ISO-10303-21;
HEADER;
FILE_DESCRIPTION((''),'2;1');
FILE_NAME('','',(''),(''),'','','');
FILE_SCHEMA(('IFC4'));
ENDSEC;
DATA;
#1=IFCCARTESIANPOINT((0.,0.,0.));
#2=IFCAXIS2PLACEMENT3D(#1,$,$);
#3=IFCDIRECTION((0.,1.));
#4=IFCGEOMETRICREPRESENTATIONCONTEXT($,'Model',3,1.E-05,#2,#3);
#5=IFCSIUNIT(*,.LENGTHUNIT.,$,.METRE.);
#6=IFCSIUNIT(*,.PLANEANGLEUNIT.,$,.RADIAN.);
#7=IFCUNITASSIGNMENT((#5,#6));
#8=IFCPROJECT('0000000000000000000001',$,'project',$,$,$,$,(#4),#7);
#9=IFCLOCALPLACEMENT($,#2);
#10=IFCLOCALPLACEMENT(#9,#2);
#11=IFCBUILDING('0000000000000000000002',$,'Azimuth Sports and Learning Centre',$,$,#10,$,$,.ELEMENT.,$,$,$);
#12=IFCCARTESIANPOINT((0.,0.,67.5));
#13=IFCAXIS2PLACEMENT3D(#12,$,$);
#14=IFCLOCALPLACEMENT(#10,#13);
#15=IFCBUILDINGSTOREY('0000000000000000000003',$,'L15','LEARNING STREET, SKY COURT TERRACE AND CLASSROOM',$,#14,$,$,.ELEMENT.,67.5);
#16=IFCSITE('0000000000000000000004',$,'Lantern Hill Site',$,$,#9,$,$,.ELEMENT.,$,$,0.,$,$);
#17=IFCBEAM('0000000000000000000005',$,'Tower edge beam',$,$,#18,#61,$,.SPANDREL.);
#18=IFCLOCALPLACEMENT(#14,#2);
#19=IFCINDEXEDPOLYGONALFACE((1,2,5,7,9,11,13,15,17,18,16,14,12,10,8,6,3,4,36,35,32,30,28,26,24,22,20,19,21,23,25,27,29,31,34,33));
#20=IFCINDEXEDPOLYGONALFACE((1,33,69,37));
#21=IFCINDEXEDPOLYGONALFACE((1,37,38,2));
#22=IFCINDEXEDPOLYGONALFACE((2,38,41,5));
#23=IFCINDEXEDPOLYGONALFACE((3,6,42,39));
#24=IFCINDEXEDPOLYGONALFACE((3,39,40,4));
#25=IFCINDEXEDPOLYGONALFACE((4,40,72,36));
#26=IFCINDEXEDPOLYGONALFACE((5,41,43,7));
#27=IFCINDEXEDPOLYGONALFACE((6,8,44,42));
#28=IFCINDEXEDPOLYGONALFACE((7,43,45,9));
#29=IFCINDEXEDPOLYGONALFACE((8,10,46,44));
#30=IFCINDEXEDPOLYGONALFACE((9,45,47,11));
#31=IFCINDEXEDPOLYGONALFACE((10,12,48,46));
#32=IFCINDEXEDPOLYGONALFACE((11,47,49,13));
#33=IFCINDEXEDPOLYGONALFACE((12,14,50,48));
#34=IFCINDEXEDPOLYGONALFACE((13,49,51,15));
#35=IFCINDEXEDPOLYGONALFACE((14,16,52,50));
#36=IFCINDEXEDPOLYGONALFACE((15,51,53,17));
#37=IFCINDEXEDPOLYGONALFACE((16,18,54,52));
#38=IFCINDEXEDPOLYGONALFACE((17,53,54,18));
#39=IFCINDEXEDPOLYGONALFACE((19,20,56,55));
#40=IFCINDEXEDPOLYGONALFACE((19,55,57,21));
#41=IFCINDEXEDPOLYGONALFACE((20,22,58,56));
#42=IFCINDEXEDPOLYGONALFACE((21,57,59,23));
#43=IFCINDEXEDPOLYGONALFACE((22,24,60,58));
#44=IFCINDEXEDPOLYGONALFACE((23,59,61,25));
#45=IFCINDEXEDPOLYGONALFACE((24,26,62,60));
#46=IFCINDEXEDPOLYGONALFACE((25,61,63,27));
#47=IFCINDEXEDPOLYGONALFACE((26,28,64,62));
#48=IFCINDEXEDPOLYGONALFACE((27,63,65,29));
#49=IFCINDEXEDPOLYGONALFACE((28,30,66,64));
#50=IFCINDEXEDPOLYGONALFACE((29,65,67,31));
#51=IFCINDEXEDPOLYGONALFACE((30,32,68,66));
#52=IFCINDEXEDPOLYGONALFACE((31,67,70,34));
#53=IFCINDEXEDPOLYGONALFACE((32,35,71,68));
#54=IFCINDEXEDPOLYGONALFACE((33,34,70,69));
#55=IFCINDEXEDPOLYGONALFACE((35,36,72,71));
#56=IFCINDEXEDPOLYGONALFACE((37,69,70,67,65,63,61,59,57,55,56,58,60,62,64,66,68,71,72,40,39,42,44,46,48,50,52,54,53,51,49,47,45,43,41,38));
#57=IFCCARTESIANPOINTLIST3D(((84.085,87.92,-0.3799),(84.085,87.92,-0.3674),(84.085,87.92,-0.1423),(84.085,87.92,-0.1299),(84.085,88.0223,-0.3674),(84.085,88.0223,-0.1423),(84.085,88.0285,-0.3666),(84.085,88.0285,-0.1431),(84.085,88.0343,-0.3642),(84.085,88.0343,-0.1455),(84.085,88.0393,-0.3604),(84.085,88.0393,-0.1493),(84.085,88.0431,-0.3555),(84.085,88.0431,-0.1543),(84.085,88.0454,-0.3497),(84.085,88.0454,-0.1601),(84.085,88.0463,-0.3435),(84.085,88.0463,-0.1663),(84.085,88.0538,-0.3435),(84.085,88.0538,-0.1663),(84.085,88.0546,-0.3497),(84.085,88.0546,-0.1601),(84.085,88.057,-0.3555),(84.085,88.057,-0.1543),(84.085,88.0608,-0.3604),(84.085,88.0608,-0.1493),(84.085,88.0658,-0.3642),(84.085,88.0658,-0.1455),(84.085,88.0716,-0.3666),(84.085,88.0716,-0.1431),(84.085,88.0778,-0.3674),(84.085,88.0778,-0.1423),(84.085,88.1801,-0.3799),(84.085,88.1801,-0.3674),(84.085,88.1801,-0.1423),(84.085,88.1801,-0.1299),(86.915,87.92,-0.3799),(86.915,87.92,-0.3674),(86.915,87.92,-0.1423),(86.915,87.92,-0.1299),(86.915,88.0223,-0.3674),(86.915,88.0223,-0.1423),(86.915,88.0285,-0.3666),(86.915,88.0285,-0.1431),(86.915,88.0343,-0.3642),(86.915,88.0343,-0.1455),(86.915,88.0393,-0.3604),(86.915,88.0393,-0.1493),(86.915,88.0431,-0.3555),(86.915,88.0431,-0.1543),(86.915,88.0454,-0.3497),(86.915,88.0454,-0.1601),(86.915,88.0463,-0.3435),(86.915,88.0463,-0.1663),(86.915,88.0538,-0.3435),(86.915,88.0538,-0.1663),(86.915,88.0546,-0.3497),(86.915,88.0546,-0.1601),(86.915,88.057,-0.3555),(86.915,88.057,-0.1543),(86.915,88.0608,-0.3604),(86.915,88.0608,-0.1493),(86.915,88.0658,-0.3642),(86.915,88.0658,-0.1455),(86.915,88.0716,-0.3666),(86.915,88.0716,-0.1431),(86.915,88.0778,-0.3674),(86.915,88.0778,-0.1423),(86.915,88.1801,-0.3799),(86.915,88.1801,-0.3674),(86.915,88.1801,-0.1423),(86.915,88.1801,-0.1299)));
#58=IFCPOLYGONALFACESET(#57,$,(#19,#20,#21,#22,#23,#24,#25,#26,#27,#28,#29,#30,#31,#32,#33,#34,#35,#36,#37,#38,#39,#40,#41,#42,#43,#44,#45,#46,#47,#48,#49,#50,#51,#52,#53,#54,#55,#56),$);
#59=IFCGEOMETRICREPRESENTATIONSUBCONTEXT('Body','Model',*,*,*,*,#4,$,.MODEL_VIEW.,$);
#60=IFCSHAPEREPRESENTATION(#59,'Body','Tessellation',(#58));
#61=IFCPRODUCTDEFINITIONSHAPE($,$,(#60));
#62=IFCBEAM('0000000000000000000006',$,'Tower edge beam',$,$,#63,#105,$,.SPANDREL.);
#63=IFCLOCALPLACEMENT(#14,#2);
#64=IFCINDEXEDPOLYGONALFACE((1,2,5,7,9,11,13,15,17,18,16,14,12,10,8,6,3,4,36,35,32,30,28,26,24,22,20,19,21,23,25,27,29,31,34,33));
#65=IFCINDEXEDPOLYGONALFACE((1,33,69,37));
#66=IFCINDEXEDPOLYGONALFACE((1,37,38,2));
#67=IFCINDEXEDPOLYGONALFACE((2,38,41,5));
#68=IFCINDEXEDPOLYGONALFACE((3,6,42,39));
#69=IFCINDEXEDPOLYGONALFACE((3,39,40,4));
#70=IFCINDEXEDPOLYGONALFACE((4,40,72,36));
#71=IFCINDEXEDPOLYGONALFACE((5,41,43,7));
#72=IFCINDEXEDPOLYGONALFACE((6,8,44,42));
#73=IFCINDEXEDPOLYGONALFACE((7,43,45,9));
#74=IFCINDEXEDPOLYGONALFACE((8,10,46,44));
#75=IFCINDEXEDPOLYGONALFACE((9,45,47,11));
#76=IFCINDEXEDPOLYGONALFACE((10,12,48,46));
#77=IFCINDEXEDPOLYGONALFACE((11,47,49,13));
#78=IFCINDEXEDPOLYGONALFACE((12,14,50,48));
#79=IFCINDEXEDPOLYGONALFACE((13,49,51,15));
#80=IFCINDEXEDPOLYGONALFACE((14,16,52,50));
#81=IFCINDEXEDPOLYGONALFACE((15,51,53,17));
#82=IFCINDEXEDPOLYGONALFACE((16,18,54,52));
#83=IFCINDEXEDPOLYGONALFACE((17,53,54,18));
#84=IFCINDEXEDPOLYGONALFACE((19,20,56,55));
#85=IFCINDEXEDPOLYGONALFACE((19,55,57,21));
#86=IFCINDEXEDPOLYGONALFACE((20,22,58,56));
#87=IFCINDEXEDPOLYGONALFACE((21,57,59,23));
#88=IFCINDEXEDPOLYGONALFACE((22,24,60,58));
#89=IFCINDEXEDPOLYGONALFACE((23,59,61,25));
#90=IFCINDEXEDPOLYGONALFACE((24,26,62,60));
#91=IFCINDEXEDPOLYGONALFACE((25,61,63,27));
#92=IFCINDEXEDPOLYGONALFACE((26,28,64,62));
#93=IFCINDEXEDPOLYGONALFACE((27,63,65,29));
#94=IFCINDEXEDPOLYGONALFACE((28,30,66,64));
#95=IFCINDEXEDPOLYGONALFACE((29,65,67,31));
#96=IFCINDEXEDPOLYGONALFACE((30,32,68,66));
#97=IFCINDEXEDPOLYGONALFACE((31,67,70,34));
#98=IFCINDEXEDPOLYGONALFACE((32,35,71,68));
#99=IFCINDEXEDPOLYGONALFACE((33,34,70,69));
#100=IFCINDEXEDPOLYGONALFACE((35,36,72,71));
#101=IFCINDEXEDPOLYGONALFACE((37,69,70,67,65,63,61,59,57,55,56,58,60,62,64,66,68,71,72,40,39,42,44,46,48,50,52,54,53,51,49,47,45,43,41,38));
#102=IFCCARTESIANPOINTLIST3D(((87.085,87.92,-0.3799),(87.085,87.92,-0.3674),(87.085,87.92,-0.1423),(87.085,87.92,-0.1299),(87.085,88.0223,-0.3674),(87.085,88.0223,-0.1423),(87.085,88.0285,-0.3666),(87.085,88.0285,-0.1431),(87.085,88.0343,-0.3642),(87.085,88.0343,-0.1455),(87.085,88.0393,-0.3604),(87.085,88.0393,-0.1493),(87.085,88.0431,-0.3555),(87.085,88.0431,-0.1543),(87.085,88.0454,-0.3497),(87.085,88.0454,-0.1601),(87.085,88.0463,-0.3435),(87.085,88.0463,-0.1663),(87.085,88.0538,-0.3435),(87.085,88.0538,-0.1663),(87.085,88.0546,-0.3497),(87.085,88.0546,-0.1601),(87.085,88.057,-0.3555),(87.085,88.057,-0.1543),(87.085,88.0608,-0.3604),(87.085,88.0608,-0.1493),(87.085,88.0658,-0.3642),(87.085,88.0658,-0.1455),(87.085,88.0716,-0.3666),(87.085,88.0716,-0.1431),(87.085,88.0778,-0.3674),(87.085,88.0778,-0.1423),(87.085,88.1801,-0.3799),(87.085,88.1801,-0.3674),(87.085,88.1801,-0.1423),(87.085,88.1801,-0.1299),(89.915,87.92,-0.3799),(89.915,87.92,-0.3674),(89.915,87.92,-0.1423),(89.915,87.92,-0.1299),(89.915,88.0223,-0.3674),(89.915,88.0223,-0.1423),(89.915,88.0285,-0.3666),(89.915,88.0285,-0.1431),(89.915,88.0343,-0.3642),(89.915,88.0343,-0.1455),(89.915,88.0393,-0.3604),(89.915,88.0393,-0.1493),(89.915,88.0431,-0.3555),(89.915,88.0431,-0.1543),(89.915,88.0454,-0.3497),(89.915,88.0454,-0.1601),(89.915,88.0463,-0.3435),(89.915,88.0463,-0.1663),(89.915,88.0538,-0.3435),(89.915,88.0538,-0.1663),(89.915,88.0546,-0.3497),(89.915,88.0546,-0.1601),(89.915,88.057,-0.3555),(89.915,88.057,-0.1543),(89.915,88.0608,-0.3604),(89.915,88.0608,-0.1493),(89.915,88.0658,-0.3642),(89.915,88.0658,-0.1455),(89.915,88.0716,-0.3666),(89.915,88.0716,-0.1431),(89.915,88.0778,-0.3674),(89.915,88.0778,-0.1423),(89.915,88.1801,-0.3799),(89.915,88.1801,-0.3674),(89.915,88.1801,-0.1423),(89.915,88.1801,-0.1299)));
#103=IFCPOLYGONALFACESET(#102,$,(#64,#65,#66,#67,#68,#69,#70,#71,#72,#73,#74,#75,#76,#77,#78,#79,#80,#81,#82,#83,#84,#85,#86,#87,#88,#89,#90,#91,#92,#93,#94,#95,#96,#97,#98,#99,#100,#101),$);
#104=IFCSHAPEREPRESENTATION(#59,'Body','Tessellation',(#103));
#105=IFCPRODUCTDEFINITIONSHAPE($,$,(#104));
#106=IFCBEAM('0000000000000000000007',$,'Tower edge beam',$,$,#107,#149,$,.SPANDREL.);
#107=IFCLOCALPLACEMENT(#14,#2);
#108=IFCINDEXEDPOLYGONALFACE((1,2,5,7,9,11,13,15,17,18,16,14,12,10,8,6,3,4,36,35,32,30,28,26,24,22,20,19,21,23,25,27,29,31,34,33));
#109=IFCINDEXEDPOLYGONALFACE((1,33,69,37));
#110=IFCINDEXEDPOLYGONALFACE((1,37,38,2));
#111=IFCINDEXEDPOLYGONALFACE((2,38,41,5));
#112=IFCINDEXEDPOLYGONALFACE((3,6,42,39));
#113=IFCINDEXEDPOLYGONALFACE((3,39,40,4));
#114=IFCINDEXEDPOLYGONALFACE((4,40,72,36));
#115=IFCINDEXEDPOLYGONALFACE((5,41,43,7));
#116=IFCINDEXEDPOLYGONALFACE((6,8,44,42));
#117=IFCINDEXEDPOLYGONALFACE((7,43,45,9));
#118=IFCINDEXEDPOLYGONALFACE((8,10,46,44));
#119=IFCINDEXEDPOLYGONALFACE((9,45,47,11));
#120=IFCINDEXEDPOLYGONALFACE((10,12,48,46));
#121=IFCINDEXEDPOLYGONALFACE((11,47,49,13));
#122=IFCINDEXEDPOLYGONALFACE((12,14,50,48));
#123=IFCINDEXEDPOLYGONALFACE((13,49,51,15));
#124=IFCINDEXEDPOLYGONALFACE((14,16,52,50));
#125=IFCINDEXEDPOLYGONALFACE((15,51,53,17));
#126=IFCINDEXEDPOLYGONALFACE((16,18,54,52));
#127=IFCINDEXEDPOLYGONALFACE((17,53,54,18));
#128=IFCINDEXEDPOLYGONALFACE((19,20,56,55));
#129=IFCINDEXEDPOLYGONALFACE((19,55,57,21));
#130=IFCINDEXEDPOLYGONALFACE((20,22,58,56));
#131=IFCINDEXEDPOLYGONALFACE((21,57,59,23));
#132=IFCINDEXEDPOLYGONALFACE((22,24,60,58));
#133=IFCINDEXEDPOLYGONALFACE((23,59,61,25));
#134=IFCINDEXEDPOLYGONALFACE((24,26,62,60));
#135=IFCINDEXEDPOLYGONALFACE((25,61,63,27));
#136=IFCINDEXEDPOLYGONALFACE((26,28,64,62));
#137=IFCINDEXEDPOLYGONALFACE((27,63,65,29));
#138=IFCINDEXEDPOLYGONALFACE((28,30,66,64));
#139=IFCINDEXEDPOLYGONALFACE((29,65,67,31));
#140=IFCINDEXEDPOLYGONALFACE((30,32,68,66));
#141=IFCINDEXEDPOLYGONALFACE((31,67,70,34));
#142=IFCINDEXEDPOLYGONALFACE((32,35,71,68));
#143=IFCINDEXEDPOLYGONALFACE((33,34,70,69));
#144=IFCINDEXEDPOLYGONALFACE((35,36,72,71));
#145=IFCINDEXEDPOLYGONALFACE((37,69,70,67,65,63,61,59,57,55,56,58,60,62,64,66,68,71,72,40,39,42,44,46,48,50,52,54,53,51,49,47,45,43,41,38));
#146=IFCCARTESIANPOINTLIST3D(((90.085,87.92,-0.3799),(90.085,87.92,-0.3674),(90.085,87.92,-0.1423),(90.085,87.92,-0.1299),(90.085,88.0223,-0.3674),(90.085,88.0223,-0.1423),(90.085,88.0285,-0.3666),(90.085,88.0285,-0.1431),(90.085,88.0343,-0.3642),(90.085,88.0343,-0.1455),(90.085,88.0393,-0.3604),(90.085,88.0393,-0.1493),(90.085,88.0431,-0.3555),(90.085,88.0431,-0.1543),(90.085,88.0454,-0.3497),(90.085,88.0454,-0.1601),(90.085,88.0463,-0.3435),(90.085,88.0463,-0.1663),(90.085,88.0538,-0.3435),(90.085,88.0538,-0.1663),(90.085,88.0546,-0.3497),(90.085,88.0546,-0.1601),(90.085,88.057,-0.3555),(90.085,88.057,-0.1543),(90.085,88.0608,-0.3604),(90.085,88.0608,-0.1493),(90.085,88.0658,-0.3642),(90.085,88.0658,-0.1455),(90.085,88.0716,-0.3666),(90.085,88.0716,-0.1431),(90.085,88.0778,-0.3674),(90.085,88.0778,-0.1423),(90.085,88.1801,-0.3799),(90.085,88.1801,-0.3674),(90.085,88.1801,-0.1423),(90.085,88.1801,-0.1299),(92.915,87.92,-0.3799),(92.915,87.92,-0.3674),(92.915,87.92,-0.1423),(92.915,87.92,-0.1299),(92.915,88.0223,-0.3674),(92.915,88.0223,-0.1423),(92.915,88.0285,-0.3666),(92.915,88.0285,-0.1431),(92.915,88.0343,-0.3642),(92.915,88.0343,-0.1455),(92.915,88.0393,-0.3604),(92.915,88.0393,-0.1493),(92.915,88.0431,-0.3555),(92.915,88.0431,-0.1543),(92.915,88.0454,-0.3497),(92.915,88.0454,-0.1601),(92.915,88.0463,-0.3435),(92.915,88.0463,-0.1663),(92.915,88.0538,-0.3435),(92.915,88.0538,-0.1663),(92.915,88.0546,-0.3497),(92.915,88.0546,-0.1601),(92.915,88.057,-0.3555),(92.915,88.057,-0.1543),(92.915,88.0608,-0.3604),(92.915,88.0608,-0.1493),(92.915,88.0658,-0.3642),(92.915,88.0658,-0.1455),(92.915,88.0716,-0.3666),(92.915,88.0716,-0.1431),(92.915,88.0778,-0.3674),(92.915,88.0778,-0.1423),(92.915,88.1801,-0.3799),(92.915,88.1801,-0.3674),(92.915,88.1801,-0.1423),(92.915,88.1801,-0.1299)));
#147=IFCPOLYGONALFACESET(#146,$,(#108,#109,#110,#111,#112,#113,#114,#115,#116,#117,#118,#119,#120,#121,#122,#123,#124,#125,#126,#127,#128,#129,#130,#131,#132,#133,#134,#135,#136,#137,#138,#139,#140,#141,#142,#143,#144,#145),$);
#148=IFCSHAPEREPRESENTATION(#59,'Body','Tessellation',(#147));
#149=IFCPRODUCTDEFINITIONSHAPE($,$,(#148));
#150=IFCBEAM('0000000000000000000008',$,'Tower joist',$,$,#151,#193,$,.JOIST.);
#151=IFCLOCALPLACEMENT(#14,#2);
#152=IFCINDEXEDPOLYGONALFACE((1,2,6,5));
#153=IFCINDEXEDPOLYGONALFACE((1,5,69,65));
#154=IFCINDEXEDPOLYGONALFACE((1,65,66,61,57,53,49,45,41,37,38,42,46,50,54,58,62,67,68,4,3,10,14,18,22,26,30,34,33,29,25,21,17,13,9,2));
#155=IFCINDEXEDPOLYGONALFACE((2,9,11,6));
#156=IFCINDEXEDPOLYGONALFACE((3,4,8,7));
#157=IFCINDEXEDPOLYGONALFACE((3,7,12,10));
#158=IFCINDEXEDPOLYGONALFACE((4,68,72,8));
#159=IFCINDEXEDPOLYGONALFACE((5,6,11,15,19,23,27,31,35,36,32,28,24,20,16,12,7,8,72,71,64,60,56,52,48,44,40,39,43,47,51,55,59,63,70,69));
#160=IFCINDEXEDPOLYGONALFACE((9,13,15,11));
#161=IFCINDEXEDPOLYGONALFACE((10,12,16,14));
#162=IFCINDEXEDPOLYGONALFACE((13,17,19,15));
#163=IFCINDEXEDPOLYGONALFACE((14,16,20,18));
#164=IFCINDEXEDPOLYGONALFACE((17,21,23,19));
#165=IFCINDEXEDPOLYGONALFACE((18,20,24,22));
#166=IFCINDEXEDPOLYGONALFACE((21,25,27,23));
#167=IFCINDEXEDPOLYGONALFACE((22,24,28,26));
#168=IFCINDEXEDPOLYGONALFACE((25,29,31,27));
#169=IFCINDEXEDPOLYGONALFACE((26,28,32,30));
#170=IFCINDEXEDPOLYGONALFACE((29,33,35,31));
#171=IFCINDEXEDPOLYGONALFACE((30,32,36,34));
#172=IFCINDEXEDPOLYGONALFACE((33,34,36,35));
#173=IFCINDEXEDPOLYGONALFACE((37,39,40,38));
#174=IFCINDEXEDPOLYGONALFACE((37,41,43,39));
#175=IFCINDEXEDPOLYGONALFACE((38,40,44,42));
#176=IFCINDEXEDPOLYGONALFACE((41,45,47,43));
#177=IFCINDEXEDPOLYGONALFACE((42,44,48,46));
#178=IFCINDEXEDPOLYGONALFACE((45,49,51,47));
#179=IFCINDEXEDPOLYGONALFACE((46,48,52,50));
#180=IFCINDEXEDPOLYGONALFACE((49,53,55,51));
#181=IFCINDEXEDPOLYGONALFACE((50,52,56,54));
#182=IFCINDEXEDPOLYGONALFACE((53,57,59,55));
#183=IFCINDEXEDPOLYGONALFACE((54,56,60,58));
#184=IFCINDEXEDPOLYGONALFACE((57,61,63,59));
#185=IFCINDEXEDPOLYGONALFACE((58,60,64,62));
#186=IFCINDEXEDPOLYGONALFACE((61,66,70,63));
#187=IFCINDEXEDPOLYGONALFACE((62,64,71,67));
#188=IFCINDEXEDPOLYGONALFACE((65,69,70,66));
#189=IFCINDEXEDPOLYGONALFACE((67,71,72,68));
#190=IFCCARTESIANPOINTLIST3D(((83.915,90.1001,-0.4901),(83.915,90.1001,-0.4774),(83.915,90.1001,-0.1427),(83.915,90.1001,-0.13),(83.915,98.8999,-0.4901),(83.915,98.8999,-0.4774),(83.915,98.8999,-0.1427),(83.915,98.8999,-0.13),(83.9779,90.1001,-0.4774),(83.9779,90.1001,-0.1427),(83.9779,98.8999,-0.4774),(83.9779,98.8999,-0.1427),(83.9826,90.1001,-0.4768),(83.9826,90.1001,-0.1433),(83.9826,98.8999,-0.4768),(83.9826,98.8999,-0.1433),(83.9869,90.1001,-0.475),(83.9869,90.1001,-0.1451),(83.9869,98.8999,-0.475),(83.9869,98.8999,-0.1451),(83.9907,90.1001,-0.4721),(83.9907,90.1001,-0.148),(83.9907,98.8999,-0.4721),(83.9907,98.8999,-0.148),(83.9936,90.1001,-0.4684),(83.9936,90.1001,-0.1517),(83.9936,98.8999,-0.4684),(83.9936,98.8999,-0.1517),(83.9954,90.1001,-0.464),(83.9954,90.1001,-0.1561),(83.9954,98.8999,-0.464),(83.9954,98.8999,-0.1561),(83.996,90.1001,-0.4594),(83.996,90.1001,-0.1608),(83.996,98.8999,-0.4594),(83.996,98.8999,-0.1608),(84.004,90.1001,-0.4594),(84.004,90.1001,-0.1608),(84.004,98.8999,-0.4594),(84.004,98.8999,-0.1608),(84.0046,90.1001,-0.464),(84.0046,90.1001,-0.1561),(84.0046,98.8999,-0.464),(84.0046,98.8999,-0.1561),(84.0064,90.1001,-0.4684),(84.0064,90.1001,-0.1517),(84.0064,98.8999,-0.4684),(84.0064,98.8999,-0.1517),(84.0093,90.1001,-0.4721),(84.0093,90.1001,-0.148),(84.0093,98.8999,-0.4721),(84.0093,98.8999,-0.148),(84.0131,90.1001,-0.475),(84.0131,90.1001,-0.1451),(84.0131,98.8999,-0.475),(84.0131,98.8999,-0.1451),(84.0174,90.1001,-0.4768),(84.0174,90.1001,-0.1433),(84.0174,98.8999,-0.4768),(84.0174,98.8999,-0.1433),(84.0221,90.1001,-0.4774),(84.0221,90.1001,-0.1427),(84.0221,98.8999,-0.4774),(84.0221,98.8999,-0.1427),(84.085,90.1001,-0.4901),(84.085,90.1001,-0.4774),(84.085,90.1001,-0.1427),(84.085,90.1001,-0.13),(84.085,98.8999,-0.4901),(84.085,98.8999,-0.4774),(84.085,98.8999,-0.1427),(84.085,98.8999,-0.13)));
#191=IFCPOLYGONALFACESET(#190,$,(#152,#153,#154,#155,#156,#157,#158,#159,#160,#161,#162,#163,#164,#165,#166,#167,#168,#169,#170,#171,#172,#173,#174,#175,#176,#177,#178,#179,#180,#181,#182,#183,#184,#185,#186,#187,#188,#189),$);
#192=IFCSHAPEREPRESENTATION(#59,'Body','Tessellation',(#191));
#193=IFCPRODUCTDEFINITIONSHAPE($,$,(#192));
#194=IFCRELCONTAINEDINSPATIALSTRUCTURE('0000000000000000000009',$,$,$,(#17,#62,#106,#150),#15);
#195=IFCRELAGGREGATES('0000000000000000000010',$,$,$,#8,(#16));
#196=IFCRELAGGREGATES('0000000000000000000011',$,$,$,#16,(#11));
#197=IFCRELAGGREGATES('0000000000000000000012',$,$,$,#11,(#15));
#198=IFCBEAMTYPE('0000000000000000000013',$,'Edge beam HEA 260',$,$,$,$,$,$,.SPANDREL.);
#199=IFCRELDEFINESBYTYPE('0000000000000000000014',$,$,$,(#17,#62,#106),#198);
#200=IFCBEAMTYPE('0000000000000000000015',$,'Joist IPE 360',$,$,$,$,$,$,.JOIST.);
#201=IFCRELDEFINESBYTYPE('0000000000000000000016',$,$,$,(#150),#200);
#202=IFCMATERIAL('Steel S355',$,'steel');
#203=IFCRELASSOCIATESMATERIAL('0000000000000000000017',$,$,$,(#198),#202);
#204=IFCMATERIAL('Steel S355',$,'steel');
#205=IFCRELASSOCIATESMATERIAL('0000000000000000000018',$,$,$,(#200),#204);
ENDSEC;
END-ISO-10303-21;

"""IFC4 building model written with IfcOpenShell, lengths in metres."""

from ifc_helpers import new_model, si_unit, direction, frame, origin, origin_2d, place, context, subcontext, project, spatial, i_section, extrude, material, material_profile, profile_set, type_object, element, save


model = new_model("IFC4")

# Units and contexts
model_context = context("Model", 3, precision=1e-05, world=origin(), true_north=direction((0.0, 1.0)))
body_context = subcontext(model_context, "Body", "Model", "MODEL_VIEW")
ifc_project = project(units=[si_unit("LENGTHUNIT", "METRE"), si_unit("PLANEANGLEUNIT", "RADIAN")], contexts=[model_context])

# Site, building, storey
site_placement = place(None, origin())
site = spatial("IfcSite", under=ifc_project, at=site_placement, Name="Lantern Hill Site", CompositionType="ELEMENT", RefElevation=0.0)
building_placement = place(site_placement, origin())
building = spatial("IfcBuilding", under=site, at=building_placement, Name="Azimuth Sports and Learning Centre", CompositionType="ELEMENT")
storey_placement = place(building_placement, frame((0.0, 0.0, 67.5)))
storey = spatial("IfcBuildingStorey", under=building, at=storey_placement, Name="L15", Description="LEARNING STREET, SKY COURT TERRACE AND CLASSROOM", CompositionType="ELEMENT", Elevation=67.5)

# Beams
ifc_material_1 = material(Name="Steel S355", Category="steel")
ifc_material_profile_1 = material_profile(ifc_material_1, i_section(OverallWidth=0.26, OverallDepth=0.25, WebThickness=0.0076, FlangeThickness=0.0125, FilletRadius=0.0239, at=origin_2d()), Name="HEA 260")
ifc_profile_set_1 = profile_set([ifc_material_profile_1], Name="Steel S355")
beam_type_1 = type_object("IfcBeamType", Name="Edge beam HEA 260", PredefinedType="SPANDREL", material=ifc_profile_set_1)
for number, where, z_axis, x_axis, name in (
    (1, (84.085, 88.05, -0.2549), (1.0, 0.0, 0.0), (0.0, 1.0, 0.0), "Tower edge beam"),
    (2, (87.085, 88.05, -0.2549), (1.0, 0.0, 0.0), (0.0, 1.0, 0.0), "Tower edge beam"),
    (3, (90.085, 88.05, -0.2549), (1.0, 0.0, 0.0), (0.0, 1.0, 0.0), "Tower edge beam"),
):
    element("IfcBeam", number, at=place(storey_placement, frame(where, z_axis=z_axis, x_axis=x_axis)), inside=storey, type_object=beam_type_1, Name=name, PredefinedType="SPANDREL", context=body_context, shape_type="SweptSolid", body=[
        extrude(i_section(OverallWidth=0.26, OverallDepth=0.25, WebThickness=0.0076, FlangeThickness=0.0125, FilletRadius=0.0239, at=origin_2d()), origin(), (0.0, 0.0, 1.0), 2.8301),
    ])
ifc_material_2 = material(Name="Steel S355", Category="steel")
ifc_material_profile_2 = material_profile(ifc_material_2, i_section(OverallWidth=0.1699, OverallDepth=0.3601, WebThickness=0.0081, FlangeThickness=0.0127, FilletRadius=0.0181, at=origin_2d()), Name="IPE 360")
ifc_profile_set_2 = profile_set([ifc_material_profile_2], Name="Steel S355")
beam_type_2 = type_object("IfcBeamType", Name="Joist IPE 360", PredefinedType="JOIST", material=ifc_profile_set_2)
for number, where, z_axis, x_axis, name in (
    (4, (84.0, 90.1001, -0.3101), (0.0, 1.0, 0.0), (-1.0, 0.0, 0.0), "Tower joist"),
):
    element("IfcBeam", number, at=place(storey_placement, frame(where, z_axis=z_axis, x_axis=x_axis)), inside=storey, type_object=beam_type_2, Name=name, PredefinedType="JOIST", context=body_context, shape_type="SweptSolid", body=[
        extrude(i_section(OverallWidth=0.1699, OverallDepth=0.3601, WebThickness=0.0081, FlangeThickness=0.0127, FilletRadius=0.0181, at=origin_2d()), origin(), (0.0, 0.0, 1.0), 8.7998),
    ])

save(model, "model.ifc")
